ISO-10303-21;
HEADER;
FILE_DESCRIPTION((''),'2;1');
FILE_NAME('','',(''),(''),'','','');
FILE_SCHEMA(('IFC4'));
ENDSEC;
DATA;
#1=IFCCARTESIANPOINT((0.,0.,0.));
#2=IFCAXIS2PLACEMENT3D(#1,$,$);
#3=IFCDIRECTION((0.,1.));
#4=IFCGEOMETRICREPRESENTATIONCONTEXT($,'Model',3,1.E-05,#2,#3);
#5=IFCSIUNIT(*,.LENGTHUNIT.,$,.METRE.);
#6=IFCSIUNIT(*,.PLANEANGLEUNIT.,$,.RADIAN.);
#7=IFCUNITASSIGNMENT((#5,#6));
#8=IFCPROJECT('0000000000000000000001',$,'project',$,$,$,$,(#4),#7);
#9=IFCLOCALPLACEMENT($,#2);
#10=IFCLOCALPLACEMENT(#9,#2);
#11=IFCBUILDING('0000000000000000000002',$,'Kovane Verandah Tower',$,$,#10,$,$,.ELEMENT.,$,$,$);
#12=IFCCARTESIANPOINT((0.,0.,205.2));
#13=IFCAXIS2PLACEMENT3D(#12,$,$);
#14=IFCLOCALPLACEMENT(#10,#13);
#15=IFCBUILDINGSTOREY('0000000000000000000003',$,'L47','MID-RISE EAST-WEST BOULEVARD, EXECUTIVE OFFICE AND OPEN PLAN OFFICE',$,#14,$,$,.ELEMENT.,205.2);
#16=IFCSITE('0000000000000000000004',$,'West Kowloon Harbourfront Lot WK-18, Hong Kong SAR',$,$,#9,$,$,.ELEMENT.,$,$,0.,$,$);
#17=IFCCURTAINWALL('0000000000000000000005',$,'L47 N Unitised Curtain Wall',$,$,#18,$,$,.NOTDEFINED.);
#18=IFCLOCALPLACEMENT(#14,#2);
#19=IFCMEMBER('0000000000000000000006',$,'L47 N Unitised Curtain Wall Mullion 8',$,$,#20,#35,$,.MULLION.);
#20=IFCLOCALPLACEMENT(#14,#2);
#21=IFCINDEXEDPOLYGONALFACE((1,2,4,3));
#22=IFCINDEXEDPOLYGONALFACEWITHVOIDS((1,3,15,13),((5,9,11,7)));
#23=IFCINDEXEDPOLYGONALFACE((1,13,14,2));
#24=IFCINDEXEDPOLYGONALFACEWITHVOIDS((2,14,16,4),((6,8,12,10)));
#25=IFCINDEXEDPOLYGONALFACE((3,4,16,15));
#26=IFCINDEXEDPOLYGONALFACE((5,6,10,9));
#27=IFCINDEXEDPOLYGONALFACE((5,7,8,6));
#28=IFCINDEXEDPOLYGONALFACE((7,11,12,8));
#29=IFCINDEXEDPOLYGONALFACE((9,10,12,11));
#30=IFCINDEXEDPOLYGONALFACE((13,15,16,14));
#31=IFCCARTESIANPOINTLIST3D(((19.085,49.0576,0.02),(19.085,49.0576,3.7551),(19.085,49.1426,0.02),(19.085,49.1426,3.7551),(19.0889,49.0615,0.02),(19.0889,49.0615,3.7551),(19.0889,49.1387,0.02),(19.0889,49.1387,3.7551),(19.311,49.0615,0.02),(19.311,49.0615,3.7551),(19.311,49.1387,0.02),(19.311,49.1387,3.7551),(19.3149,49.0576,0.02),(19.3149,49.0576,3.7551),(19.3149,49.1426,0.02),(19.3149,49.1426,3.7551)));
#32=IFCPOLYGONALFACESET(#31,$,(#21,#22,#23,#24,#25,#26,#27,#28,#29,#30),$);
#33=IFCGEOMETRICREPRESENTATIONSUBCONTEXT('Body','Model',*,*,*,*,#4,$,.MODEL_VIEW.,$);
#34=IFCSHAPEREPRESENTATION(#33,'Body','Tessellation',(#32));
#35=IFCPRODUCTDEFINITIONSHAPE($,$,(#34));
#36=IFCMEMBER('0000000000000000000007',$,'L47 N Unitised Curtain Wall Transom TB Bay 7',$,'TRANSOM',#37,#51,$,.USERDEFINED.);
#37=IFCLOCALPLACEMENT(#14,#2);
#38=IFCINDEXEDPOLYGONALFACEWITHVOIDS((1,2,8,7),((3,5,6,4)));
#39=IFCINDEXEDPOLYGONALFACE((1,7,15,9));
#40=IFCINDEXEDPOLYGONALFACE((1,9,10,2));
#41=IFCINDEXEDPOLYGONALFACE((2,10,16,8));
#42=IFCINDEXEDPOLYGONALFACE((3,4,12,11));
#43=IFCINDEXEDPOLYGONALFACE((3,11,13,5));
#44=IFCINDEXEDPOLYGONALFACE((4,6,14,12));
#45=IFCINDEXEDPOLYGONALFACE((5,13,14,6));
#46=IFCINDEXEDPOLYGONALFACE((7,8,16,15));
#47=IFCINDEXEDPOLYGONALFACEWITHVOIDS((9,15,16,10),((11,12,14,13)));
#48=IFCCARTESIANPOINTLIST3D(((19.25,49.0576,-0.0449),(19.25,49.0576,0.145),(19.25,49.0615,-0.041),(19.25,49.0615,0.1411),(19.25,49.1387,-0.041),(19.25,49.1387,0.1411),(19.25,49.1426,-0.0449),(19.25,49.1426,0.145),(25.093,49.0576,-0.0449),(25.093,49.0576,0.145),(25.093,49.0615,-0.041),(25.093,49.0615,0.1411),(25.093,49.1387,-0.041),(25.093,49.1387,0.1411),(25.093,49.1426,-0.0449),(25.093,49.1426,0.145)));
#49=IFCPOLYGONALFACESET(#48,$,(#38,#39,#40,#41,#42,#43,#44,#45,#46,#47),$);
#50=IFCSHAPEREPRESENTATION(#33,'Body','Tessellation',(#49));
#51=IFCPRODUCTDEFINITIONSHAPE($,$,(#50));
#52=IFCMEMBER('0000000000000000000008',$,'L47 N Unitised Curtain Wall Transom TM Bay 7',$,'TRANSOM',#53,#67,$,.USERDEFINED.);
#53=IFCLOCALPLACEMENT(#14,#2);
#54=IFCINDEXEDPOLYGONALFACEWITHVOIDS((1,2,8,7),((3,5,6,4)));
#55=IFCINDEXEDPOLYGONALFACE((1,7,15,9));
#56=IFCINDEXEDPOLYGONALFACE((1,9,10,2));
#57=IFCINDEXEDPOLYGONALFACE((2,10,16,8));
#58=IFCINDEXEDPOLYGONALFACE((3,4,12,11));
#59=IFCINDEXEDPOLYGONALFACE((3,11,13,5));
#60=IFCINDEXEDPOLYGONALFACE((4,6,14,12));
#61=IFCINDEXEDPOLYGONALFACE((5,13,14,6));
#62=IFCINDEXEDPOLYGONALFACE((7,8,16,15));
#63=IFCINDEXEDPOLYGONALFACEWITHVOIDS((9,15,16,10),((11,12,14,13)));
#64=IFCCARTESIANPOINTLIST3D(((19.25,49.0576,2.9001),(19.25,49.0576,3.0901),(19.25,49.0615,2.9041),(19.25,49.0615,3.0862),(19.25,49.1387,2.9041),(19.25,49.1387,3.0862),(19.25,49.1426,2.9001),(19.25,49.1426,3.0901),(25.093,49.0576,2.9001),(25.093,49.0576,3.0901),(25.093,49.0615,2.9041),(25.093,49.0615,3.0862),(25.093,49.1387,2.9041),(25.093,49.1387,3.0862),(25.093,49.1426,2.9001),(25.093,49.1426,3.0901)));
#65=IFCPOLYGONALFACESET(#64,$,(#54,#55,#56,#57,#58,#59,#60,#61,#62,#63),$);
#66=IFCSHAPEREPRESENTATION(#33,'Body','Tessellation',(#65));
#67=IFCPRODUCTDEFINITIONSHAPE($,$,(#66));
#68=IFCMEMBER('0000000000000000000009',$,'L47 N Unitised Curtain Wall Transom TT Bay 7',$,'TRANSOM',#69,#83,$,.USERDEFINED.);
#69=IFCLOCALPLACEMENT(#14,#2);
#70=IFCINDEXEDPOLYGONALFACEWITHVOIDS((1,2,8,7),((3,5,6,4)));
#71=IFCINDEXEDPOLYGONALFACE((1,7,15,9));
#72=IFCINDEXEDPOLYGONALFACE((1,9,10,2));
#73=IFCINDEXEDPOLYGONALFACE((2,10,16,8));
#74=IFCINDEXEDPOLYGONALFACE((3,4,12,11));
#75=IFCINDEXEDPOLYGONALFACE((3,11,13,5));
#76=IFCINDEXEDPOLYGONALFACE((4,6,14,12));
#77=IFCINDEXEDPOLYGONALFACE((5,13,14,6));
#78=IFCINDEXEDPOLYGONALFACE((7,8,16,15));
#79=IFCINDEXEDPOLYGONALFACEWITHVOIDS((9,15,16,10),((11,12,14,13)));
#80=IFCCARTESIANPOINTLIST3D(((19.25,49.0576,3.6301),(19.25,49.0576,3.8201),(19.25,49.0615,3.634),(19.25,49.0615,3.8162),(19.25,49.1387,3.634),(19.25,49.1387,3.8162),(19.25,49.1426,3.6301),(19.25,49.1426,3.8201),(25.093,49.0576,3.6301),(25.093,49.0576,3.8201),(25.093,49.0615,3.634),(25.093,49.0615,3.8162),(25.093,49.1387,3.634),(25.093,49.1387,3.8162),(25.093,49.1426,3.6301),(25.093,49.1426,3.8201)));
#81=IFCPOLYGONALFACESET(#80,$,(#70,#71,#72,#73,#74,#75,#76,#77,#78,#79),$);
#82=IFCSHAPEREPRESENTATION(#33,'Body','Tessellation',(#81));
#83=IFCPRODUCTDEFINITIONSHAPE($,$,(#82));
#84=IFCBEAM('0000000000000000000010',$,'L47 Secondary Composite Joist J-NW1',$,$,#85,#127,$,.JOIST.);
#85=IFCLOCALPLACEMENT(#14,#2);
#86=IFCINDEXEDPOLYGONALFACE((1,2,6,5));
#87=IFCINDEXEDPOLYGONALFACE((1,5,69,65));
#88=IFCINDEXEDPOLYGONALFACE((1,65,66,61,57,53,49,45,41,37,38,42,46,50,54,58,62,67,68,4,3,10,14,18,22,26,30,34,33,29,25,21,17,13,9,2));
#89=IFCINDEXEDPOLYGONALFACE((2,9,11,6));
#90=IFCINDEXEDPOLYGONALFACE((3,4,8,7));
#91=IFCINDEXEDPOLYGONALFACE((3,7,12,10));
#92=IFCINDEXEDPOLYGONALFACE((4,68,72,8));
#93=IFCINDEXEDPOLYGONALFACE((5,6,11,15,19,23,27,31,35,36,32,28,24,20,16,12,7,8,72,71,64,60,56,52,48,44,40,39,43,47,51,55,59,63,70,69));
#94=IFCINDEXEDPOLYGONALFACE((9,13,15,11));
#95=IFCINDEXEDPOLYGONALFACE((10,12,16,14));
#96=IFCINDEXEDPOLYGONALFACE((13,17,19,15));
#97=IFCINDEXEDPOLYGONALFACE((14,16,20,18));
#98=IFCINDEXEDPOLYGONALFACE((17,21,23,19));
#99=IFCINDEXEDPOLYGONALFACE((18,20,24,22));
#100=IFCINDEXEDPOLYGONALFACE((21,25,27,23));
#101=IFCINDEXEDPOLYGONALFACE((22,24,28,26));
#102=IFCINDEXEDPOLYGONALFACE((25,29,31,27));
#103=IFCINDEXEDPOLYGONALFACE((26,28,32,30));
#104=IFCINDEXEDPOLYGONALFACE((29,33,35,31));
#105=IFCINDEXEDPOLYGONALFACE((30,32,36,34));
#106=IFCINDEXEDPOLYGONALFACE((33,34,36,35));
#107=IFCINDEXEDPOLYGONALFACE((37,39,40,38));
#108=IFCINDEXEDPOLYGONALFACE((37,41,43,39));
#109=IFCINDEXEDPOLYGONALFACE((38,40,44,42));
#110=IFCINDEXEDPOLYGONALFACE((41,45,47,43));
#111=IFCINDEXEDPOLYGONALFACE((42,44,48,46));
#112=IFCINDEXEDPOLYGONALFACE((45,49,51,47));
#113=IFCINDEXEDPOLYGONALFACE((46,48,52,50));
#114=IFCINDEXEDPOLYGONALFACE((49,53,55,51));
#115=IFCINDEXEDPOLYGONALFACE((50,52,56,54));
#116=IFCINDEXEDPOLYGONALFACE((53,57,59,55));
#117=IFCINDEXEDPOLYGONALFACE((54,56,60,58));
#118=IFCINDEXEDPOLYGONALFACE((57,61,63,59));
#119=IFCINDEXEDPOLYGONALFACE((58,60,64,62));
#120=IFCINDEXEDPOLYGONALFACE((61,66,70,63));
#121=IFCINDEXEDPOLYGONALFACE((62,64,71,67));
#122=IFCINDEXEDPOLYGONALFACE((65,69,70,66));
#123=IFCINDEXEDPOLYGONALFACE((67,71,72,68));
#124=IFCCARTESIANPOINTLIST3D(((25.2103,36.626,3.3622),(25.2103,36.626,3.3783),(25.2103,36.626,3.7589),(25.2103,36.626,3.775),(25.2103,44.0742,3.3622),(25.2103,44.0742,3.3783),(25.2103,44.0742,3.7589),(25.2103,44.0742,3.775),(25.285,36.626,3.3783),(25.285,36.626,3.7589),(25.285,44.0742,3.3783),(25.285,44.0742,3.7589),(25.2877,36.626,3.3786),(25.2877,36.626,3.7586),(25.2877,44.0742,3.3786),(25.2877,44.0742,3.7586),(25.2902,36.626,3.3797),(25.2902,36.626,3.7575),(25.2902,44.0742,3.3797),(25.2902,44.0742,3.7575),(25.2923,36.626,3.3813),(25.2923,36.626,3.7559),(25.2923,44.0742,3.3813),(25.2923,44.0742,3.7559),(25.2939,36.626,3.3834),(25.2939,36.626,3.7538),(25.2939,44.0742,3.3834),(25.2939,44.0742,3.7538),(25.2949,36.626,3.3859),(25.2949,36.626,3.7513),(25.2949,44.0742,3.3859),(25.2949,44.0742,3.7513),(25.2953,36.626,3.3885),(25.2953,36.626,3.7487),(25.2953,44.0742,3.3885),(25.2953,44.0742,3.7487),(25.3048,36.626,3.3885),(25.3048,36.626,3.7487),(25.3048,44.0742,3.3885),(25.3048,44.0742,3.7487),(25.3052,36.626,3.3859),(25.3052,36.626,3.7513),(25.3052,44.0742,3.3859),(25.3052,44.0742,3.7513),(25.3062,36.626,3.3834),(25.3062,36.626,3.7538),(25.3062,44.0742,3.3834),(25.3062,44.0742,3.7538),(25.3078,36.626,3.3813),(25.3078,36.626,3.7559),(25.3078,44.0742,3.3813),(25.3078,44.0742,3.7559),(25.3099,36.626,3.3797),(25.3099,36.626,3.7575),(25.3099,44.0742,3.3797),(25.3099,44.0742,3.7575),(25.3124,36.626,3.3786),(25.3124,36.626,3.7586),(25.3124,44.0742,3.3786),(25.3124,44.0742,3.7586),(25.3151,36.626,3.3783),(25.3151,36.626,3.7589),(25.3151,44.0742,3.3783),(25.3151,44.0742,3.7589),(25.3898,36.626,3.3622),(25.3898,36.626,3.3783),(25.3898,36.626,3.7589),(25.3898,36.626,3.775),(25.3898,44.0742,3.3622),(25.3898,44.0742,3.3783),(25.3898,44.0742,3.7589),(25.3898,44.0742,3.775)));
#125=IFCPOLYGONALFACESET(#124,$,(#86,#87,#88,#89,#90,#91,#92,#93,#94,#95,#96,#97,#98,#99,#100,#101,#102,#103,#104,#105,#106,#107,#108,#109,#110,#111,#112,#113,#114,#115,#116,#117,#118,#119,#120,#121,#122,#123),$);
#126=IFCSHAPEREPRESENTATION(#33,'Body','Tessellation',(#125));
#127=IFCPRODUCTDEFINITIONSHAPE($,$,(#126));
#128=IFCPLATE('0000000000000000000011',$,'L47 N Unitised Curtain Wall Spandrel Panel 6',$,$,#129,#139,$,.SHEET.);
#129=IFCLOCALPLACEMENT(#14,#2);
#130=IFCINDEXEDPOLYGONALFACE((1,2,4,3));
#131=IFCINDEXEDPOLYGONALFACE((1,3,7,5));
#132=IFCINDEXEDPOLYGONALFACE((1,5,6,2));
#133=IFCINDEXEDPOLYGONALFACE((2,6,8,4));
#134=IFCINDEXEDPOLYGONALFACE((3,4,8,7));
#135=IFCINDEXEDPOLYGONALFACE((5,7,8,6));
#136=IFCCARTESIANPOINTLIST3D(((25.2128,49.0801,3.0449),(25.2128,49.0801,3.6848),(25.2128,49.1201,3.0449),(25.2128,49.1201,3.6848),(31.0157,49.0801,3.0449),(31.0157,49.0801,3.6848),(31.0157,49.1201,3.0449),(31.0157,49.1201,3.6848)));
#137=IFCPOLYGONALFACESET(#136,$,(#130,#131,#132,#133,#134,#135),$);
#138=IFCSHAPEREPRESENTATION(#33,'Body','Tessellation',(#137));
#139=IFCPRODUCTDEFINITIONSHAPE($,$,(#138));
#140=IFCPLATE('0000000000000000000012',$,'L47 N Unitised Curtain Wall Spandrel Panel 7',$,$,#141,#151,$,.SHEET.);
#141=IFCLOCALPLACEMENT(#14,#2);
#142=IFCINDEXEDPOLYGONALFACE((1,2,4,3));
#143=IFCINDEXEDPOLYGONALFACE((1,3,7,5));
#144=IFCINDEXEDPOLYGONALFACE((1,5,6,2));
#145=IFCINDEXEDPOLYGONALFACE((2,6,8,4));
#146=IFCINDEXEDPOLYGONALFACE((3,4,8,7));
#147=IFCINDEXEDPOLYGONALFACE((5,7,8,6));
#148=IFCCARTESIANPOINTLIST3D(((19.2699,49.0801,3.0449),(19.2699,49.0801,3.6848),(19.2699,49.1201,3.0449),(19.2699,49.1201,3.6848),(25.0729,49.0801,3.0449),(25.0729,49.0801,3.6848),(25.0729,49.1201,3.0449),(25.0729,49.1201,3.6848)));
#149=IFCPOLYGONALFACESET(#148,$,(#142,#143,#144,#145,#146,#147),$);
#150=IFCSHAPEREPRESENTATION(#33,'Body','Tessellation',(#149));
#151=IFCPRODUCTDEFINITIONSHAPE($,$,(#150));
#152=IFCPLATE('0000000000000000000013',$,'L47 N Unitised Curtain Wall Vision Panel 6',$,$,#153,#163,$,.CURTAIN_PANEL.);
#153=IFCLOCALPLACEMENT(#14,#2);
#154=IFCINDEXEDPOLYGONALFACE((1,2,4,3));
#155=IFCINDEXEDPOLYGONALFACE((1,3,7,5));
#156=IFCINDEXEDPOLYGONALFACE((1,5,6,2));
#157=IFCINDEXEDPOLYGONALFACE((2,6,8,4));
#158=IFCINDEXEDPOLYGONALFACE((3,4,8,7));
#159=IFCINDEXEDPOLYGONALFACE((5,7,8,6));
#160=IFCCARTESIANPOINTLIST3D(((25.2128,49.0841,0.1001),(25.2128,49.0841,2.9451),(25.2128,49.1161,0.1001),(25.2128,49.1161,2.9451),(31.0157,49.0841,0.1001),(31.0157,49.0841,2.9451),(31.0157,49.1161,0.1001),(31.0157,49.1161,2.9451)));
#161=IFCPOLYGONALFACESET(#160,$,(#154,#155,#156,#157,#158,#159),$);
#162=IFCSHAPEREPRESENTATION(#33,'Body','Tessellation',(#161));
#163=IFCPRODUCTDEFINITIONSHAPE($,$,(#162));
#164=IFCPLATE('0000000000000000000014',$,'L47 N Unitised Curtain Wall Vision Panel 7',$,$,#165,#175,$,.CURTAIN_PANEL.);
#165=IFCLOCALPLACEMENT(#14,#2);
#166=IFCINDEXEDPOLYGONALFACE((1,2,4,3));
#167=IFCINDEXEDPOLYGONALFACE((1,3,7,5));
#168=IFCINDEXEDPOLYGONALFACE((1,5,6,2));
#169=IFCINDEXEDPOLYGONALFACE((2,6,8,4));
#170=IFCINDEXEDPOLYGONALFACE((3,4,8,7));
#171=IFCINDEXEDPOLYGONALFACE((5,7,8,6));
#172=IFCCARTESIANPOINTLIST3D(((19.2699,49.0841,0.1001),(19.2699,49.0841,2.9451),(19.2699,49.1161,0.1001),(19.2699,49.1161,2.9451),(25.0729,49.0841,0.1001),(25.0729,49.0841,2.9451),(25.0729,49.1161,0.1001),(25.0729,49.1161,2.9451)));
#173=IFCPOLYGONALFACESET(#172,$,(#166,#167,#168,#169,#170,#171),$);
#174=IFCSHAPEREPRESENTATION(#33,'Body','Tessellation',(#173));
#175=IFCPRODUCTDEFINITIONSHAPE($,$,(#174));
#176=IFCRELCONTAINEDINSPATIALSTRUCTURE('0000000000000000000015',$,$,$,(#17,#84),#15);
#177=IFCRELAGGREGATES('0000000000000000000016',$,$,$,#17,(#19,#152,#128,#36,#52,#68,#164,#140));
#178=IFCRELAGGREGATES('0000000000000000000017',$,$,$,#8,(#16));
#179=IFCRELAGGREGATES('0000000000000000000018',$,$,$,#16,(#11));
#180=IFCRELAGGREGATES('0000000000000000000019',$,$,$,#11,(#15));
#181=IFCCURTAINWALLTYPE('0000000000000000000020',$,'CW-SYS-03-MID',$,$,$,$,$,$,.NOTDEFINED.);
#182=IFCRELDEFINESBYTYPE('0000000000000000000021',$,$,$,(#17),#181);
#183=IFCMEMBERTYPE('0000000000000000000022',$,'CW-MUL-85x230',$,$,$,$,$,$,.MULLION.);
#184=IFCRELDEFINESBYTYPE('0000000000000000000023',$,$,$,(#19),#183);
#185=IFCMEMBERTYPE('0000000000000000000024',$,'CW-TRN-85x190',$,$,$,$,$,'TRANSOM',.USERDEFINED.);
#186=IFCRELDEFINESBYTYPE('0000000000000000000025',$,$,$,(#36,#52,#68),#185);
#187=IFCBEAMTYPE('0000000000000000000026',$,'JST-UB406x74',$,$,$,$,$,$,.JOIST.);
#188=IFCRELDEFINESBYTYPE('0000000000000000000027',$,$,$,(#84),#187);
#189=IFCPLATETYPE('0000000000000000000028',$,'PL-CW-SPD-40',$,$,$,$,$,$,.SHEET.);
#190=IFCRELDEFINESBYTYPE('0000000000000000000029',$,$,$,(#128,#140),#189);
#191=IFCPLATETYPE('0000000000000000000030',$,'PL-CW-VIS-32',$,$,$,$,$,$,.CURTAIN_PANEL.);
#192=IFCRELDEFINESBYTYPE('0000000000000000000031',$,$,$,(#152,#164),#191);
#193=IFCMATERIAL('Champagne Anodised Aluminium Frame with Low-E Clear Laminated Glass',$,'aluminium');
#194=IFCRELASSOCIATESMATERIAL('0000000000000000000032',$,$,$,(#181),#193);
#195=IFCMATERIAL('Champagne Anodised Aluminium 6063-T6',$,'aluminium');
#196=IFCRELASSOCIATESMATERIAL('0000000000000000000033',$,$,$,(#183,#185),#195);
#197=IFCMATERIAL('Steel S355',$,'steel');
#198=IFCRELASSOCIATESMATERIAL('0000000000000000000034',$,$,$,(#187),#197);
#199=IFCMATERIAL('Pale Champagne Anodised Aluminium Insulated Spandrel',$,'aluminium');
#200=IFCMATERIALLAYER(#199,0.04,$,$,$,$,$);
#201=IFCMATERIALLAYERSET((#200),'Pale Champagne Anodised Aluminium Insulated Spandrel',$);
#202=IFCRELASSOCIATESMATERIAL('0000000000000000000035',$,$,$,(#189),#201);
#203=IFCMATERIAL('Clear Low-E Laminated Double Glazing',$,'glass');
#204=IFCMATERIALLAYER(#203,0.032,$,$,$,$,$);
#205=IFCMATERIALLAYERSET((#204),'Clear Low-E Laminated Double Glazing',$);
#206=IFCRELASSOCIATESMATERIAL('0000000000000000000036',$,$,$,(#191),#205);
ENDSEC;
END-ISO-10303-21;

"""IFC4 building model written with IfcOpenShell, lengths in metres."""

from ifc_helpers import new_model, si_unit, direction, frame, origin, origin_2d, place, context, subcontext, project, spatial, rectangle, hollow_rectangle, i_section, extrude, material, layer, layer_set, material_profile, profile_set, type_object, element, aggregate, save


model = new_model("IFC4")

# Units and contexts
model_context = context("Model", 3, precision=1e-05, world=origin(), true_north=direction((0.0, 1.0)))
body_context = subcontext(model_context, "Body", "Model", "MODEL_VIEW")
ifc_project = project(units=[si_unit("LENGTHUNIT", "METRE"), si_unit("PLANEANGLEUNIT", "RADIAN")], contexts=[model_context])

# Site, building, storey
site_placement = place(None, origin())
site = spatial("IfcSite", under=ifc_project, at=site_placement, Name="West Kowloon Harbourfront Lot WK-18, Hong Kong SAR", CompositionType="ELEMENT", RefElevation=0.0)
building_placement = place(site_placement, origin())
building = spatial("IfcBuilding", under=site, at=building_placement, Name="Kovane Verandah Tower", CompositionType="ELEMENT")
storey_placement = place(building_placement, frame((0.0, 0.0, 205.2)))
storey = spatial("IfcBuildingStorey", under=building, at=storey_placement, Name="L47", Description="MID-RISE EAST-WEST BOULEVARD, EXECUTIVE OFFICE AND OPEN PLAN OFFICE", CompositionType="ELEMENT", Elevation=205.2)

# Shared definitions
ifc_material_1 = material(Name="Steel S355", Category="steel")

# Curtain wall, members
ifc_material_2 = material(Name="Champagne Anodised Aluminium Frame with Low-E Clear Laminated Glass", Category="aluminium")
curtain_wall_type = type_object("IfcCurtainWallType", Name="CW-SYS-03-MID", PredefinedType="NOTDEFINED", material=ifc_material_2)
curtain_wall_placement = place(storey_placement, origin())
curtain_wall = element("IfcCurtainWall", 1, at=curtain_wall_placement, inside=storey, type_object=curtain_wall_type, Name="L47 N Unitised Curtain Wall", PredefinedType="NOTDEFINED")
ifc_material_3 = material(Name="Champagne Anodised Aluminium 6063-T6", Category="aluminium")
ifc_material_profile_1 = material_profile(ifc_material_3, hollow_rectangle(XDim=0.085, YDim=0.23, WallThickness=0.0039, at=origin_2d()), Name="AL85x230x4")
ifc_profile_set_1 = profile_set([ifc_material_profile_1], Name="Champagne Anodised Aluminium 6063-T6")
member_type_1 = type_object("IfcMemberType", Name="CW-MUL-85x230", PredefinedType="MULLION", material=ifc_profile_set_1)
member_1_placement = place(storey_placement, frame((19.2, 49.1001, 0.02), z_axis=(0.0, 0.0, 1.0), x_axis=(0.0, 1.0, 0.0)))
member_1 = element("IfcMember", 2, at=member_1_placement, type_object=member_type_1, Name="L47 N Unitised Curtain Wall Mullion 8", PredefinedType="MULLION", context=body_context, shape_type="SweptSolid", body=[
    extrude(hollow_rectangle(XDim=0.085, YDim=0.23, WallThickness=0.0039, at=origin_2d()), origin(), (0.0, 0.0, 1.0), 3.7351),
])
ifc_material_profile_2 = material_profile(ifc_material_3, hollow_rectangle(XDim=0.085, YDim=0.1899, WallThickness=0.0039, at=origin_2d()), Name="AL85x190x4")
ifc_profile_set_2 = profile_set([ifc_material_profile_2], Name="Champagne Anodised Aluminium 6063-T6")
member_type_2 = type_object("IfcMemberType", Name="CW-TRN-85x190", ElementType="TRANSOM", PredefinedType="USERDEFINED", material=ifc_profile_set_2)
member_2_placement = place(storey_placement, frame((25.093, 49.1001, 0.05), z_axis=(-1.0, 0.0, 0.0), x_axis=(0.0, -1.0, 0.0)))
member_2 = element("IfcMember", 3, at=member_2_placement, type_object=member_type_2, Name="L47 N Unitised Curtain Wall Transom TB Bay 7", ObjectType="TRANSOM", PredefinedType="USERDEFINED", context=body_context, shape_type="SweptSolid", body=[
    extrude(hollow_rectangle(XDim=0.085, YDim=0.1899, WallThickness=0.0039, at=origin_2d()), origin(), (0.0, 0.0, 1.0), 5.843),
])
member_3_placement = place(storey_placement, frame((25.093, 49.1001, 2.9951), z_axis=(-1.0, 0.0, 0.0), x_axis=(0.0, -1.0, 0.0)))
member_3 = element("IfcMember", 4, at=member_3_placement, type_object=member_type_2, Name="L47 N Unitised Curtain Wall Transom TM Bay 7", ObjectType="TRANSOM", PredefinedType="USERDEFINED", context=body_context, shape_type="SweptSolid", body=[
    extrude(hollow_rectangle(XDim=0.085, YDim=0.1899, WallThickness=0.0039, at=origin_2d()), origin(), (0.0, 0.0, 1.0), 5.843),
])
member_4_placement = place(storey_placement, frame((25.093, 49.1001, 3.7251), z_axis=(-1.0, 0.0, 0.0), x_axis=(0.0, -1.0, 0.0)))
member_4 = element("IfcMember", 5, at=member_4_placement, type_object=member_type_2, Name="L47 N Unitised Curtain Wall Transom TT Bay 7", ObjectType="TRANSOM", PredefinedType="USERDEFINED", context=body_context, shape_type="SweptSolid", body=[
    extrude(hollow_rectangle(XDim=0.085, YDim=0.1899, WallThickness=0.0039, at=origin_2d()), origin(), (0.0, 0.0, 1.0), 5.843),
])

# Beam
ifc_material_profile_3 = material_profile(ifc_material_1, i_section(OverallWidth=0.1794, OverallDepth=0.4128, WebThickness=0.0095, FlangeThickness=0.0161, FilletRadius=0.0103, at=origin_2d()), Name="UB406x178x74")
ifc_profile_set_3 = profile_set([ifc_material_profile_3], Name="Steel S355")
beam_type_1 = type_object("IfcBeamType", Name="JST-UB406x74", PredefinedType="JOIST", material=ifc_profile_set_3)
beam_1_placement = place(storey_placement, frame((25.3, 36.626, 3.5686), z_axis=(0.0, 1.0, 0.0), x_axis=(-1.0, 0.0, 0.0)))
element("IfcBeam", 6, at=beam_1_placement, inside=storey, type_object=beam_type_1, Name="L47 Secondary Composite Joist J-NW1", PredefinedType="JOIST", context=body_context, shape_type="SweptSolid", body=[
    extrude(i_section(OverallWidth=0.1794, OverallDepth=0.4128, WebThickness=0.0095, FlangeThickness=0.0161, FilletRadius=0.0103, at=origin_2d()), origin(), (0.0, 0.0, 1.0), 7.4482),
])

# Plates
ifc_material_4 = material(Name="Pale Champagne Anodised Aluminium Insulated Spandrel", Category="aluminium")
ifc_layer_1 = layer(ifc_material_4, 0.04)
ifc_layer_set_1 = layer_set([ifc_layer_1], Name="Pale Champagne Anodised Aluminium Insulated Spandrel")
plate_type_1 = type_object("IfcPlateType", Name="PL-CW-SPD-40", PredefinedType="SHEET", material=ifc_layer_set_1)
plate_1_placement = place(storey_placement, frame((28.1143, 49.1001, 3.0449), z_axis=(0.0, 0.0, 1.0), x_axis=(-1.0, 0.0, 0.0)))
plate_1 = element("IfcPlate", 7, at=plate_1_placement, type_object=plate_type_1, Name="L47 N Unitised Curtain Wall Spandrel Panel 6", PredefinedType="SHEET", context=body_context, shape_type="SweptSolid", body=[
    extrude(rectangle(XDim=5.803, YDim=0.04, at=origin_2d()), origin(), (0.0, 0.0, 1.0), 0.6399),
])
plate_2_placement = place(storey_placement, frame((22.1714, 49.1001, 3.0449), z_axis=(0.0, 0.0, 1.0), x_axis=(-1.0, 0.0, 0.0)))
plate_2 = element("IfcPlate", 8, at=plate_2_placement, type_object=plate_type_1, Name="L47 N Unitised Curtain Wall Spandrel Panel 7", PredefinedType="SHEET", context=body_context, shape_type="SweptSolid", body=[
    extrude(rectangle(XDim=5.803, YDim=0.04, at=origin_2d()), origin(), (0.0, 0.0, 1.0), 0.6399),
])
ifc_material_5 = material(Name="Clear Low-E Laminated Double Glazing", Category="glass")
ifc_layer_2 = layer(ifc_material_5, 0.032)
ifc_layer_set_2 = layer_set([ifc_layer_2], Name="Clear Low-E Laminated Double Glazing")
plate_type_2 = type_object("IfcPlateType", Name="PL-CW-VIS-32", PredefinedType="CURTAIN_PANEL", material=ifc_layer_set_2)
plate_3_placement = place(storey_placement, frame((28.1143, 49.1001, 0.1001), z_axis=(0.0, 0.0, 1.0), x_axis=(-1.0, 0.0, 0.0)))
plate_3 = element("IfcPlate", 9, at=plate_3_placement, type_object=plate_type_2, Name="L47 N Unitised Curtain Wall Vision Panel 6", PredefinedType="CURTAIN_PANEL", context=body_context, shape_type="SweptSolid", body=[
    extrude(rectangle(XDim=5.803, YDim=0.032, at=origin_2d()), origin(), (0.0, 0.0, 1.0), 2.845),
])
plate_4_placement = place(storey_placement, frame((22.1714, 49.1001, 0.1001), z_axis=(0.0, 0.0, 1.0), x_axis=(-1.0, 0.0, 0.0)))
plate_4 = element("IfcPlate", 10, at=plate_4_placement, type_object=plate_type_2, Name="L47 N Unitised Curtain Wall Vision Panel 7", PredefinedType="CURTAIN_PANEL", context=body_context, shape_type="SweptSolid", body=[
    extrude(rectangle(XDim=5.803, YDim=0.032, at=origin_2d()), origin(), (0.0, 0.0, 1.0), 2.845),
])
aggregate(curtain_wall, [member_1, plate_3, plate_1, member_2, member_3, member_4, plate_4, plate_2])

save(model, "model.ifc")
